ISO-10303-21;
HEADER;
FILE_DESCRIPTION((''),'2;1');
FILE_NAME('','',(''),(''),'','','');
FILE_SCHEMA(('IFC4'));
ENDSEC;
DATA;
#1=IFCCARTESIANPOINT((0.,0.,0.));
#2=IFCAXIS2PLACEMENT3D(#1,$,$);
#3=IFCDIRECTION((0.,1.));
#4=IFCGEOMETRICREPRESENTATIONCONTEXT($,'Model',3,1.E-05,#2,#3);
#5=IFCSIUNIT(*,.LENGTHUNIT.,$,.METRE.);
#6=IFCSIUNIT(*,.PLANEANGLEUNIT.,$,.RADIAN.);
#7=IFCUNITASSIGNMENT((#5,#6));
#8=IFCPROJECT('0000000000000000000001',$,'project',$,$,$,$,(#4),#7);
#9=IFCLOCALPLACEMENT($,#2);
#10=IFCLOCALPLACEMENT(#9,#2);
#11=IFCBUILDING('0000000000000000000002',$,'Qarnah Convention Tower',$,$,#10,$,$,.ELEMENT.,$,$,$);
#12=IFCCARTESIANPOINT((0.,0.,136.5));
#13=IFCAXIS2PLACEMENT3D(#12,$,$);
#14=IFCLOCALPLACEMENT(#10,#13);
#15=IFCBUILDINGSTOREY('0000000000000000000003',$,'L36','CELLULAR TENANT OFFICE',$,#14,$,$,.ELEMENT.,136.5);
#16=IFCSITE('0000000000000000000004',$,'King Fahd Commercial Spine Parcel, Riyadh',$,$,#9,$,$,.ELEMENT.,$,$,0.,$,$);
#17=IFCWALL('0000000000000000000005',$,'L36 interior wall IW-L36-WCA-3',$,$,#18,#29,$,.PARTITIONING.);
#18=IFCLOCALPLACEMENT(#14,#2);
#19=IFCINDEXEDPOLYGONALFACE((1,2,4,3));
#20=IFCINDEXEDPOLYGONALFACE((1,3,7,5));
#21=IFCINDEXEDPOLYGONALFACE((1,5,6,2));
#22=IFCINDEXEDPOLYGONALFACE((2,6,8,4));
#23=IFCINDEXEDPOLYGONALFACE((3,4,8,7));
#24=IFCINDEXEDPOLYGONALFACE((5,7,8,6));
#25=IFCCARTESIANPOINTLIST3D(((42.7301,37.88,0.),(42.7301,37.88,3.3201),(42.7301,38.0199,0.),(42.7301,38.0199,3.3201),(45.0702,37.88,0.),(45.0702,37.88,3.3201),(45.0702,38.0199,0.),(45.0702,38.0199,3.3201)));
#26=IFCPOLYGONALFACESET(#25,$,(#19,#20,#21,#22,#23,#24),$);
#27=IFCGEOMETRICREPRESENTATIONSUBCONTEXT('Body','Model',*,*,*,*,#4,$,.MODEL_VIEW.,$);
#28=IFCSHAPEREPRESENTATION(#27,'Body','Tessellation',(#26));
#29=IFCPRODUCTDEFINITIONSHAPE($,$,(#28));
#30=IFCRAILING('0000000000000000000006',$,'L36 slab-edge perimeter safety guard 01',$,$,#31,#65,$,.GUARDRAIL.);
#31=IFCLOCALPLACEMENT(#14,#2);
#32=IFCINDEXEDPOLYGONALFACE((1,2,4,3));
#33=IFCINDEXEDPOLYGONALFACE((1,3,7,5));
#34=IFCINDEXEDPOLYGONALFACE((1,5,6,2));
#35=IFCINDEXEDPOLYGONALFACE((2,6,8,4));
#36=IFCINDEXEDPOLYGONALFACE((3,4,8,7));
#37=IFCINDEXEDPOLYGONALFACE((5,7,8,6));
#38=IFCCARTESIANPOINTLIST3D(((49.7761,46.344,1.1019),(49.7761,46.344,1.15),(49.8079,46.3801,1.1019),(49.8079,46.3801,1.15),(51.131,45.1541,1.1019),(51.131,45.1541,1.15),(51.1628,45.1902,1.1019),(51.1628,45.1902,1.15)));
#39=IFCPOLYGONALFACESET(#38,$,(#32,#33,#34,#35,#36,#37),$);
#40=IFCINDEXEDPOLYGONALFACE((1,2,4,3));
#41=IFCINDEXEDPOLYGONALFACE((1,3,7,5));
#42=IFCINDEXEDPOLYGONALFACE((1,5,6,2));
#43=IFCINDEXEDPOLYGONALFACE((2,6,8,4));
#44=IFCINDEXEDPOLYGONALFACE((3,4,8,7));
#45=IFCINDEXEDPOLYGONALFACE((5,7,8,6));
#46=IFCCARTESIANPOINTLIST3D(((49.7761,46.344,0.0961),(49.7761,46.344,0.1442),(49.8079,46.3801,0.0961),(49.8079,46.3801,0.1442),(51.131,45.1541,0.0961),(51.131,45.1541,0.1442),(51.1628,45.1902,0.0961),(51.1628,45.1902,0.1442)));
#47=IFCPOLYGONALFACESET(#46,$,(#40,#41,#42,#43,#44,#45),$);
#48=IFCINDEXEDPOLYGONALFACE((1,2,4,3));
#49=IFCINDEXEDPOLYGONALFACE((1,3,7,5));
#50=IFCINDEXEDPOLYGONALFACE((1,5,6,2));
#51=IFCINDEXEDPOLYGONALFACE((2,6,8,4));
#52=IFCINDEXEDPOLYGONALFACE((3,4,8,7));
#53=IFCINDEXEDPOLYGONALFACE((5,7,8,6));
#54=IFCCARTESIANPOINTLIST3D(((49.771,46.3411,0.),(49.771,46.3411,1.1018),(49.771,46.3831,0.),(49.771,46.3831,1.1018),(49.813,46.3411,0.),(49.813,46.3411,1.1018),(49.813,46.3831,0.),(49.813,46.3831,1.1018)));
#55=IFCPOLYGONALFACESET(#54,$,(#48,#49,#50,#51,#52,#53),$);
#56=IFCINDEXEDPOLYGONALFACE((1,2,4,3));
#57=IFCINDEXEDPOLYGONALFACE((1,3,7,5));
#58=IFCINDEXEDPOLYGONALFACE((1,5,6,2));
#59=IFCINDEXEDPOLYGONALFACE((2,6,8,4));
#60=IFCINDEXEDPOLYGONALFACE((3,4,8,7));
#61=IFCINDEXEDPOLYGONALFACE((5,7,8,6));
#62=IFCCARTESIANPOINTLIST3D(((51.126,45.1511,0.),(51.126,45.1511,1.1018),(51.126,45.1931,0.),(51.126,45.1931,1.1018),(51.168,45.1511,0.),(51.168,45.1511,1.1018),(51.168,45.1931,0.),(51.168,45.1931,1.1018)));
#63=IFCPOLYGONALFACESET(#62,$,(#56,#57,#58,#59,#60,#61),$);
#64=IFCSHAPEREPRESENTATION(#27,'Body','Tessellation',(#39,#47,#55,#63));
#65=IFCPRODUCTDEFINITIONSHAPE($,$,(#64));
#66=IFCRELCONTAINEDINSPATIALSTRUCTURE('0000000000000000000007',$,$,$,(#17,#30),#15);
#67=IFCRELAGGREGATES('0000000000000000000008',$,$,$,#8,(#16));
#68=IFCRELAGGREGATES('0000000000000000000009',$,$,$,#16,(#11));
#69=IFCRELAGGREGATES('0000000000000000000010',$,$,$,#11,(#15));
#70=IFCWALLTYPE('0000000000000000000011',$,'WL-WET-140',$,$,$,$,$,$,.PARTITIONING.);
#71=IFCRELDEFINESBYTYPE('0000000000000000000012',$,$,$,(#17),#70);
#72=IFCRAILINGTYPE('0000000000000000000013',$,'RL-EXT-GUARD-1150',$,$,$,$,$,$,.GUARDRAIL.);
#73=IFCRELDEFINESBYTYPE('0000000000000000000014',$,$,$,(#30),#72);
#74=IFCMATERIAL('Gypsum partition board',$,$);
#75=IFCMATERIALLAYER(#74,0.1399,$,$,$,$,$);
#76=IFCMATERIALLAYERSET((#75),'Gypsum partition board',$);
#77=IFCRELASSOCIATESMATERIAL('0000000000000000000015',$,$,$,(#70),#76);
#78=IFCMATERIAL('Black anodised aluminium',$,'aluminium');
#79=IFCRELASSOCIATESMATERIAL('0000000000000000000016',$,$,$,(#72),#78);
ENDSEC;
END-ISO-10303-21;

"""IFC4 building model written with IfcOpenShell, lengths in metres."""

from ifc_helpers import new_model, si_unit, direction, frame, frame_2d, origin, origin_2d, place, context, subcontext, project, spatial, rectangle, extrude, material, layer, layer_set, type_object, element, save


model = new_model("IFC4")

# Units and contexts
model_context = context("Model", 3, precision=1e-05, world=origin(), true_north=direction((0.0, 1.0)))
body_context = subcontext(model_context, "Body", "Model", "MODEL_VIEW")
ifc_project = project(units=[si_unit("LENGTHUNIT", "METRE"), si_unit("PLANEANGLEUNIT", "RADIAN")], contexts=[model_context])

# Site, building, storey
site_placement = place(None, origin())
site = spatial("IfcSite", under=ifc_project, at=site_placement, Name="King Fahd Commercial Spine Parcel, Riyadh", CompositionType="ELEMENT", RefElevation=0.0)
building_placement = place(site_placement, origin())
building = spatial("IfcBuilding", under=site, at=building_placement, Name="Qarnah Convention Tower", CompositionType="ELEMENT")
storey_placement = place(building_placement, frame((0.0, 0.0, 136.5)))
storey = spatial("IfcBuildingStorey", under=building, at=storey_placement, Name="L36", Description="CELLULAR TENANT OFFICE", CompositionType="ELEMENT", Elevation=136.5)

# Shared definitions
ifc_material_1 = material(Name="Black anodised aluminium", Category="aluminium")

# Shared definitions
ifc_material_2 = material(Name="Gypsum partition board")

# Wall
ifc_layer_1 = layer(ifc_material_2, 0.1399)
ifc_layer_set_1 = layer_set([ifc_layer_1], Name="Gypsum partition board")
wall_type_1 = type_object("IfcWallType", Name="WL-WET-140", PredefinedType="PARTITIONING", material=ifc_layer_set_1)
wall_1_placement = place(storey_placement, frame((45.0701, 37.95, 0.0), z_axis=(0.0, 0.0, 1.0), x_axis=(-1.0, 0.0, 0.0)))
element("IfcWall", 1, at=wall_1_placement, inside=storey, type_object=wall_type_1, Name="L36 interior wall IW-L36-WCA-3", PredefinedType="PARTITIONING", context=body_context, shape_type="SweptSolid", body=[
    extrude(rectangle(XDim=2.3401, YDim=0.1399, at=frame_2d((1.1699, 0.0))), origin(), (0.0, 0.0, 1.0), 3.3201),
])

# Railing
railing_type = type_object("IfcRailingType", Name="RL-EXT-GUARD-1150", PredefinedType="GUARDRAIL", material=ifc_material_1)
railing_1_placement = place(storey_placement, frame((49.792, 46.3621, 0.0)))
element("IfcRailing", 2, at=railing_1_placement, inside=storey, type_object=railing_type, Name="L36 slab-edge perimeter safety guard 01", PredefinedType="GUARDRAIL", context=body_context, shape_type="SweptSolid", body=[
    extrude(rectangle(XDim=0.0481, YDim=0.0481, at=origin_2d()), frame((0.0, 0.0, 1.126), z_axis=(0.751385, -0.659865, 0.0), x_axis=(0.659865, 0.751385, 0.0)), (0.0, 0.0, 1.0), 1.8032),
    extrude(rectangle(XDim=0.0481, YDim=0.0481, at=origin_2d()), frame((0.0, 0.0, 0.1201), z_axis=(0.751385, -0.659865, 0.0), x_axis=(0.659865, 0.751385, 0.0)), (0.0, 0.0, 1.0), 1.8032),
    extrude(rectangle(XDim=0.042, YDim=0.042, at=origin_2d()), origin(), (0.0, 0.0, 1.0), 1.1018),
    extrude(rectangle(XDim=0.042, YDim=0.042, at=origin_2d()), frame((1.355, -1.1899, 0.0)), (0.0, 0.0, 1.0), 1.1018),
])

save(model, "model.ifc")
